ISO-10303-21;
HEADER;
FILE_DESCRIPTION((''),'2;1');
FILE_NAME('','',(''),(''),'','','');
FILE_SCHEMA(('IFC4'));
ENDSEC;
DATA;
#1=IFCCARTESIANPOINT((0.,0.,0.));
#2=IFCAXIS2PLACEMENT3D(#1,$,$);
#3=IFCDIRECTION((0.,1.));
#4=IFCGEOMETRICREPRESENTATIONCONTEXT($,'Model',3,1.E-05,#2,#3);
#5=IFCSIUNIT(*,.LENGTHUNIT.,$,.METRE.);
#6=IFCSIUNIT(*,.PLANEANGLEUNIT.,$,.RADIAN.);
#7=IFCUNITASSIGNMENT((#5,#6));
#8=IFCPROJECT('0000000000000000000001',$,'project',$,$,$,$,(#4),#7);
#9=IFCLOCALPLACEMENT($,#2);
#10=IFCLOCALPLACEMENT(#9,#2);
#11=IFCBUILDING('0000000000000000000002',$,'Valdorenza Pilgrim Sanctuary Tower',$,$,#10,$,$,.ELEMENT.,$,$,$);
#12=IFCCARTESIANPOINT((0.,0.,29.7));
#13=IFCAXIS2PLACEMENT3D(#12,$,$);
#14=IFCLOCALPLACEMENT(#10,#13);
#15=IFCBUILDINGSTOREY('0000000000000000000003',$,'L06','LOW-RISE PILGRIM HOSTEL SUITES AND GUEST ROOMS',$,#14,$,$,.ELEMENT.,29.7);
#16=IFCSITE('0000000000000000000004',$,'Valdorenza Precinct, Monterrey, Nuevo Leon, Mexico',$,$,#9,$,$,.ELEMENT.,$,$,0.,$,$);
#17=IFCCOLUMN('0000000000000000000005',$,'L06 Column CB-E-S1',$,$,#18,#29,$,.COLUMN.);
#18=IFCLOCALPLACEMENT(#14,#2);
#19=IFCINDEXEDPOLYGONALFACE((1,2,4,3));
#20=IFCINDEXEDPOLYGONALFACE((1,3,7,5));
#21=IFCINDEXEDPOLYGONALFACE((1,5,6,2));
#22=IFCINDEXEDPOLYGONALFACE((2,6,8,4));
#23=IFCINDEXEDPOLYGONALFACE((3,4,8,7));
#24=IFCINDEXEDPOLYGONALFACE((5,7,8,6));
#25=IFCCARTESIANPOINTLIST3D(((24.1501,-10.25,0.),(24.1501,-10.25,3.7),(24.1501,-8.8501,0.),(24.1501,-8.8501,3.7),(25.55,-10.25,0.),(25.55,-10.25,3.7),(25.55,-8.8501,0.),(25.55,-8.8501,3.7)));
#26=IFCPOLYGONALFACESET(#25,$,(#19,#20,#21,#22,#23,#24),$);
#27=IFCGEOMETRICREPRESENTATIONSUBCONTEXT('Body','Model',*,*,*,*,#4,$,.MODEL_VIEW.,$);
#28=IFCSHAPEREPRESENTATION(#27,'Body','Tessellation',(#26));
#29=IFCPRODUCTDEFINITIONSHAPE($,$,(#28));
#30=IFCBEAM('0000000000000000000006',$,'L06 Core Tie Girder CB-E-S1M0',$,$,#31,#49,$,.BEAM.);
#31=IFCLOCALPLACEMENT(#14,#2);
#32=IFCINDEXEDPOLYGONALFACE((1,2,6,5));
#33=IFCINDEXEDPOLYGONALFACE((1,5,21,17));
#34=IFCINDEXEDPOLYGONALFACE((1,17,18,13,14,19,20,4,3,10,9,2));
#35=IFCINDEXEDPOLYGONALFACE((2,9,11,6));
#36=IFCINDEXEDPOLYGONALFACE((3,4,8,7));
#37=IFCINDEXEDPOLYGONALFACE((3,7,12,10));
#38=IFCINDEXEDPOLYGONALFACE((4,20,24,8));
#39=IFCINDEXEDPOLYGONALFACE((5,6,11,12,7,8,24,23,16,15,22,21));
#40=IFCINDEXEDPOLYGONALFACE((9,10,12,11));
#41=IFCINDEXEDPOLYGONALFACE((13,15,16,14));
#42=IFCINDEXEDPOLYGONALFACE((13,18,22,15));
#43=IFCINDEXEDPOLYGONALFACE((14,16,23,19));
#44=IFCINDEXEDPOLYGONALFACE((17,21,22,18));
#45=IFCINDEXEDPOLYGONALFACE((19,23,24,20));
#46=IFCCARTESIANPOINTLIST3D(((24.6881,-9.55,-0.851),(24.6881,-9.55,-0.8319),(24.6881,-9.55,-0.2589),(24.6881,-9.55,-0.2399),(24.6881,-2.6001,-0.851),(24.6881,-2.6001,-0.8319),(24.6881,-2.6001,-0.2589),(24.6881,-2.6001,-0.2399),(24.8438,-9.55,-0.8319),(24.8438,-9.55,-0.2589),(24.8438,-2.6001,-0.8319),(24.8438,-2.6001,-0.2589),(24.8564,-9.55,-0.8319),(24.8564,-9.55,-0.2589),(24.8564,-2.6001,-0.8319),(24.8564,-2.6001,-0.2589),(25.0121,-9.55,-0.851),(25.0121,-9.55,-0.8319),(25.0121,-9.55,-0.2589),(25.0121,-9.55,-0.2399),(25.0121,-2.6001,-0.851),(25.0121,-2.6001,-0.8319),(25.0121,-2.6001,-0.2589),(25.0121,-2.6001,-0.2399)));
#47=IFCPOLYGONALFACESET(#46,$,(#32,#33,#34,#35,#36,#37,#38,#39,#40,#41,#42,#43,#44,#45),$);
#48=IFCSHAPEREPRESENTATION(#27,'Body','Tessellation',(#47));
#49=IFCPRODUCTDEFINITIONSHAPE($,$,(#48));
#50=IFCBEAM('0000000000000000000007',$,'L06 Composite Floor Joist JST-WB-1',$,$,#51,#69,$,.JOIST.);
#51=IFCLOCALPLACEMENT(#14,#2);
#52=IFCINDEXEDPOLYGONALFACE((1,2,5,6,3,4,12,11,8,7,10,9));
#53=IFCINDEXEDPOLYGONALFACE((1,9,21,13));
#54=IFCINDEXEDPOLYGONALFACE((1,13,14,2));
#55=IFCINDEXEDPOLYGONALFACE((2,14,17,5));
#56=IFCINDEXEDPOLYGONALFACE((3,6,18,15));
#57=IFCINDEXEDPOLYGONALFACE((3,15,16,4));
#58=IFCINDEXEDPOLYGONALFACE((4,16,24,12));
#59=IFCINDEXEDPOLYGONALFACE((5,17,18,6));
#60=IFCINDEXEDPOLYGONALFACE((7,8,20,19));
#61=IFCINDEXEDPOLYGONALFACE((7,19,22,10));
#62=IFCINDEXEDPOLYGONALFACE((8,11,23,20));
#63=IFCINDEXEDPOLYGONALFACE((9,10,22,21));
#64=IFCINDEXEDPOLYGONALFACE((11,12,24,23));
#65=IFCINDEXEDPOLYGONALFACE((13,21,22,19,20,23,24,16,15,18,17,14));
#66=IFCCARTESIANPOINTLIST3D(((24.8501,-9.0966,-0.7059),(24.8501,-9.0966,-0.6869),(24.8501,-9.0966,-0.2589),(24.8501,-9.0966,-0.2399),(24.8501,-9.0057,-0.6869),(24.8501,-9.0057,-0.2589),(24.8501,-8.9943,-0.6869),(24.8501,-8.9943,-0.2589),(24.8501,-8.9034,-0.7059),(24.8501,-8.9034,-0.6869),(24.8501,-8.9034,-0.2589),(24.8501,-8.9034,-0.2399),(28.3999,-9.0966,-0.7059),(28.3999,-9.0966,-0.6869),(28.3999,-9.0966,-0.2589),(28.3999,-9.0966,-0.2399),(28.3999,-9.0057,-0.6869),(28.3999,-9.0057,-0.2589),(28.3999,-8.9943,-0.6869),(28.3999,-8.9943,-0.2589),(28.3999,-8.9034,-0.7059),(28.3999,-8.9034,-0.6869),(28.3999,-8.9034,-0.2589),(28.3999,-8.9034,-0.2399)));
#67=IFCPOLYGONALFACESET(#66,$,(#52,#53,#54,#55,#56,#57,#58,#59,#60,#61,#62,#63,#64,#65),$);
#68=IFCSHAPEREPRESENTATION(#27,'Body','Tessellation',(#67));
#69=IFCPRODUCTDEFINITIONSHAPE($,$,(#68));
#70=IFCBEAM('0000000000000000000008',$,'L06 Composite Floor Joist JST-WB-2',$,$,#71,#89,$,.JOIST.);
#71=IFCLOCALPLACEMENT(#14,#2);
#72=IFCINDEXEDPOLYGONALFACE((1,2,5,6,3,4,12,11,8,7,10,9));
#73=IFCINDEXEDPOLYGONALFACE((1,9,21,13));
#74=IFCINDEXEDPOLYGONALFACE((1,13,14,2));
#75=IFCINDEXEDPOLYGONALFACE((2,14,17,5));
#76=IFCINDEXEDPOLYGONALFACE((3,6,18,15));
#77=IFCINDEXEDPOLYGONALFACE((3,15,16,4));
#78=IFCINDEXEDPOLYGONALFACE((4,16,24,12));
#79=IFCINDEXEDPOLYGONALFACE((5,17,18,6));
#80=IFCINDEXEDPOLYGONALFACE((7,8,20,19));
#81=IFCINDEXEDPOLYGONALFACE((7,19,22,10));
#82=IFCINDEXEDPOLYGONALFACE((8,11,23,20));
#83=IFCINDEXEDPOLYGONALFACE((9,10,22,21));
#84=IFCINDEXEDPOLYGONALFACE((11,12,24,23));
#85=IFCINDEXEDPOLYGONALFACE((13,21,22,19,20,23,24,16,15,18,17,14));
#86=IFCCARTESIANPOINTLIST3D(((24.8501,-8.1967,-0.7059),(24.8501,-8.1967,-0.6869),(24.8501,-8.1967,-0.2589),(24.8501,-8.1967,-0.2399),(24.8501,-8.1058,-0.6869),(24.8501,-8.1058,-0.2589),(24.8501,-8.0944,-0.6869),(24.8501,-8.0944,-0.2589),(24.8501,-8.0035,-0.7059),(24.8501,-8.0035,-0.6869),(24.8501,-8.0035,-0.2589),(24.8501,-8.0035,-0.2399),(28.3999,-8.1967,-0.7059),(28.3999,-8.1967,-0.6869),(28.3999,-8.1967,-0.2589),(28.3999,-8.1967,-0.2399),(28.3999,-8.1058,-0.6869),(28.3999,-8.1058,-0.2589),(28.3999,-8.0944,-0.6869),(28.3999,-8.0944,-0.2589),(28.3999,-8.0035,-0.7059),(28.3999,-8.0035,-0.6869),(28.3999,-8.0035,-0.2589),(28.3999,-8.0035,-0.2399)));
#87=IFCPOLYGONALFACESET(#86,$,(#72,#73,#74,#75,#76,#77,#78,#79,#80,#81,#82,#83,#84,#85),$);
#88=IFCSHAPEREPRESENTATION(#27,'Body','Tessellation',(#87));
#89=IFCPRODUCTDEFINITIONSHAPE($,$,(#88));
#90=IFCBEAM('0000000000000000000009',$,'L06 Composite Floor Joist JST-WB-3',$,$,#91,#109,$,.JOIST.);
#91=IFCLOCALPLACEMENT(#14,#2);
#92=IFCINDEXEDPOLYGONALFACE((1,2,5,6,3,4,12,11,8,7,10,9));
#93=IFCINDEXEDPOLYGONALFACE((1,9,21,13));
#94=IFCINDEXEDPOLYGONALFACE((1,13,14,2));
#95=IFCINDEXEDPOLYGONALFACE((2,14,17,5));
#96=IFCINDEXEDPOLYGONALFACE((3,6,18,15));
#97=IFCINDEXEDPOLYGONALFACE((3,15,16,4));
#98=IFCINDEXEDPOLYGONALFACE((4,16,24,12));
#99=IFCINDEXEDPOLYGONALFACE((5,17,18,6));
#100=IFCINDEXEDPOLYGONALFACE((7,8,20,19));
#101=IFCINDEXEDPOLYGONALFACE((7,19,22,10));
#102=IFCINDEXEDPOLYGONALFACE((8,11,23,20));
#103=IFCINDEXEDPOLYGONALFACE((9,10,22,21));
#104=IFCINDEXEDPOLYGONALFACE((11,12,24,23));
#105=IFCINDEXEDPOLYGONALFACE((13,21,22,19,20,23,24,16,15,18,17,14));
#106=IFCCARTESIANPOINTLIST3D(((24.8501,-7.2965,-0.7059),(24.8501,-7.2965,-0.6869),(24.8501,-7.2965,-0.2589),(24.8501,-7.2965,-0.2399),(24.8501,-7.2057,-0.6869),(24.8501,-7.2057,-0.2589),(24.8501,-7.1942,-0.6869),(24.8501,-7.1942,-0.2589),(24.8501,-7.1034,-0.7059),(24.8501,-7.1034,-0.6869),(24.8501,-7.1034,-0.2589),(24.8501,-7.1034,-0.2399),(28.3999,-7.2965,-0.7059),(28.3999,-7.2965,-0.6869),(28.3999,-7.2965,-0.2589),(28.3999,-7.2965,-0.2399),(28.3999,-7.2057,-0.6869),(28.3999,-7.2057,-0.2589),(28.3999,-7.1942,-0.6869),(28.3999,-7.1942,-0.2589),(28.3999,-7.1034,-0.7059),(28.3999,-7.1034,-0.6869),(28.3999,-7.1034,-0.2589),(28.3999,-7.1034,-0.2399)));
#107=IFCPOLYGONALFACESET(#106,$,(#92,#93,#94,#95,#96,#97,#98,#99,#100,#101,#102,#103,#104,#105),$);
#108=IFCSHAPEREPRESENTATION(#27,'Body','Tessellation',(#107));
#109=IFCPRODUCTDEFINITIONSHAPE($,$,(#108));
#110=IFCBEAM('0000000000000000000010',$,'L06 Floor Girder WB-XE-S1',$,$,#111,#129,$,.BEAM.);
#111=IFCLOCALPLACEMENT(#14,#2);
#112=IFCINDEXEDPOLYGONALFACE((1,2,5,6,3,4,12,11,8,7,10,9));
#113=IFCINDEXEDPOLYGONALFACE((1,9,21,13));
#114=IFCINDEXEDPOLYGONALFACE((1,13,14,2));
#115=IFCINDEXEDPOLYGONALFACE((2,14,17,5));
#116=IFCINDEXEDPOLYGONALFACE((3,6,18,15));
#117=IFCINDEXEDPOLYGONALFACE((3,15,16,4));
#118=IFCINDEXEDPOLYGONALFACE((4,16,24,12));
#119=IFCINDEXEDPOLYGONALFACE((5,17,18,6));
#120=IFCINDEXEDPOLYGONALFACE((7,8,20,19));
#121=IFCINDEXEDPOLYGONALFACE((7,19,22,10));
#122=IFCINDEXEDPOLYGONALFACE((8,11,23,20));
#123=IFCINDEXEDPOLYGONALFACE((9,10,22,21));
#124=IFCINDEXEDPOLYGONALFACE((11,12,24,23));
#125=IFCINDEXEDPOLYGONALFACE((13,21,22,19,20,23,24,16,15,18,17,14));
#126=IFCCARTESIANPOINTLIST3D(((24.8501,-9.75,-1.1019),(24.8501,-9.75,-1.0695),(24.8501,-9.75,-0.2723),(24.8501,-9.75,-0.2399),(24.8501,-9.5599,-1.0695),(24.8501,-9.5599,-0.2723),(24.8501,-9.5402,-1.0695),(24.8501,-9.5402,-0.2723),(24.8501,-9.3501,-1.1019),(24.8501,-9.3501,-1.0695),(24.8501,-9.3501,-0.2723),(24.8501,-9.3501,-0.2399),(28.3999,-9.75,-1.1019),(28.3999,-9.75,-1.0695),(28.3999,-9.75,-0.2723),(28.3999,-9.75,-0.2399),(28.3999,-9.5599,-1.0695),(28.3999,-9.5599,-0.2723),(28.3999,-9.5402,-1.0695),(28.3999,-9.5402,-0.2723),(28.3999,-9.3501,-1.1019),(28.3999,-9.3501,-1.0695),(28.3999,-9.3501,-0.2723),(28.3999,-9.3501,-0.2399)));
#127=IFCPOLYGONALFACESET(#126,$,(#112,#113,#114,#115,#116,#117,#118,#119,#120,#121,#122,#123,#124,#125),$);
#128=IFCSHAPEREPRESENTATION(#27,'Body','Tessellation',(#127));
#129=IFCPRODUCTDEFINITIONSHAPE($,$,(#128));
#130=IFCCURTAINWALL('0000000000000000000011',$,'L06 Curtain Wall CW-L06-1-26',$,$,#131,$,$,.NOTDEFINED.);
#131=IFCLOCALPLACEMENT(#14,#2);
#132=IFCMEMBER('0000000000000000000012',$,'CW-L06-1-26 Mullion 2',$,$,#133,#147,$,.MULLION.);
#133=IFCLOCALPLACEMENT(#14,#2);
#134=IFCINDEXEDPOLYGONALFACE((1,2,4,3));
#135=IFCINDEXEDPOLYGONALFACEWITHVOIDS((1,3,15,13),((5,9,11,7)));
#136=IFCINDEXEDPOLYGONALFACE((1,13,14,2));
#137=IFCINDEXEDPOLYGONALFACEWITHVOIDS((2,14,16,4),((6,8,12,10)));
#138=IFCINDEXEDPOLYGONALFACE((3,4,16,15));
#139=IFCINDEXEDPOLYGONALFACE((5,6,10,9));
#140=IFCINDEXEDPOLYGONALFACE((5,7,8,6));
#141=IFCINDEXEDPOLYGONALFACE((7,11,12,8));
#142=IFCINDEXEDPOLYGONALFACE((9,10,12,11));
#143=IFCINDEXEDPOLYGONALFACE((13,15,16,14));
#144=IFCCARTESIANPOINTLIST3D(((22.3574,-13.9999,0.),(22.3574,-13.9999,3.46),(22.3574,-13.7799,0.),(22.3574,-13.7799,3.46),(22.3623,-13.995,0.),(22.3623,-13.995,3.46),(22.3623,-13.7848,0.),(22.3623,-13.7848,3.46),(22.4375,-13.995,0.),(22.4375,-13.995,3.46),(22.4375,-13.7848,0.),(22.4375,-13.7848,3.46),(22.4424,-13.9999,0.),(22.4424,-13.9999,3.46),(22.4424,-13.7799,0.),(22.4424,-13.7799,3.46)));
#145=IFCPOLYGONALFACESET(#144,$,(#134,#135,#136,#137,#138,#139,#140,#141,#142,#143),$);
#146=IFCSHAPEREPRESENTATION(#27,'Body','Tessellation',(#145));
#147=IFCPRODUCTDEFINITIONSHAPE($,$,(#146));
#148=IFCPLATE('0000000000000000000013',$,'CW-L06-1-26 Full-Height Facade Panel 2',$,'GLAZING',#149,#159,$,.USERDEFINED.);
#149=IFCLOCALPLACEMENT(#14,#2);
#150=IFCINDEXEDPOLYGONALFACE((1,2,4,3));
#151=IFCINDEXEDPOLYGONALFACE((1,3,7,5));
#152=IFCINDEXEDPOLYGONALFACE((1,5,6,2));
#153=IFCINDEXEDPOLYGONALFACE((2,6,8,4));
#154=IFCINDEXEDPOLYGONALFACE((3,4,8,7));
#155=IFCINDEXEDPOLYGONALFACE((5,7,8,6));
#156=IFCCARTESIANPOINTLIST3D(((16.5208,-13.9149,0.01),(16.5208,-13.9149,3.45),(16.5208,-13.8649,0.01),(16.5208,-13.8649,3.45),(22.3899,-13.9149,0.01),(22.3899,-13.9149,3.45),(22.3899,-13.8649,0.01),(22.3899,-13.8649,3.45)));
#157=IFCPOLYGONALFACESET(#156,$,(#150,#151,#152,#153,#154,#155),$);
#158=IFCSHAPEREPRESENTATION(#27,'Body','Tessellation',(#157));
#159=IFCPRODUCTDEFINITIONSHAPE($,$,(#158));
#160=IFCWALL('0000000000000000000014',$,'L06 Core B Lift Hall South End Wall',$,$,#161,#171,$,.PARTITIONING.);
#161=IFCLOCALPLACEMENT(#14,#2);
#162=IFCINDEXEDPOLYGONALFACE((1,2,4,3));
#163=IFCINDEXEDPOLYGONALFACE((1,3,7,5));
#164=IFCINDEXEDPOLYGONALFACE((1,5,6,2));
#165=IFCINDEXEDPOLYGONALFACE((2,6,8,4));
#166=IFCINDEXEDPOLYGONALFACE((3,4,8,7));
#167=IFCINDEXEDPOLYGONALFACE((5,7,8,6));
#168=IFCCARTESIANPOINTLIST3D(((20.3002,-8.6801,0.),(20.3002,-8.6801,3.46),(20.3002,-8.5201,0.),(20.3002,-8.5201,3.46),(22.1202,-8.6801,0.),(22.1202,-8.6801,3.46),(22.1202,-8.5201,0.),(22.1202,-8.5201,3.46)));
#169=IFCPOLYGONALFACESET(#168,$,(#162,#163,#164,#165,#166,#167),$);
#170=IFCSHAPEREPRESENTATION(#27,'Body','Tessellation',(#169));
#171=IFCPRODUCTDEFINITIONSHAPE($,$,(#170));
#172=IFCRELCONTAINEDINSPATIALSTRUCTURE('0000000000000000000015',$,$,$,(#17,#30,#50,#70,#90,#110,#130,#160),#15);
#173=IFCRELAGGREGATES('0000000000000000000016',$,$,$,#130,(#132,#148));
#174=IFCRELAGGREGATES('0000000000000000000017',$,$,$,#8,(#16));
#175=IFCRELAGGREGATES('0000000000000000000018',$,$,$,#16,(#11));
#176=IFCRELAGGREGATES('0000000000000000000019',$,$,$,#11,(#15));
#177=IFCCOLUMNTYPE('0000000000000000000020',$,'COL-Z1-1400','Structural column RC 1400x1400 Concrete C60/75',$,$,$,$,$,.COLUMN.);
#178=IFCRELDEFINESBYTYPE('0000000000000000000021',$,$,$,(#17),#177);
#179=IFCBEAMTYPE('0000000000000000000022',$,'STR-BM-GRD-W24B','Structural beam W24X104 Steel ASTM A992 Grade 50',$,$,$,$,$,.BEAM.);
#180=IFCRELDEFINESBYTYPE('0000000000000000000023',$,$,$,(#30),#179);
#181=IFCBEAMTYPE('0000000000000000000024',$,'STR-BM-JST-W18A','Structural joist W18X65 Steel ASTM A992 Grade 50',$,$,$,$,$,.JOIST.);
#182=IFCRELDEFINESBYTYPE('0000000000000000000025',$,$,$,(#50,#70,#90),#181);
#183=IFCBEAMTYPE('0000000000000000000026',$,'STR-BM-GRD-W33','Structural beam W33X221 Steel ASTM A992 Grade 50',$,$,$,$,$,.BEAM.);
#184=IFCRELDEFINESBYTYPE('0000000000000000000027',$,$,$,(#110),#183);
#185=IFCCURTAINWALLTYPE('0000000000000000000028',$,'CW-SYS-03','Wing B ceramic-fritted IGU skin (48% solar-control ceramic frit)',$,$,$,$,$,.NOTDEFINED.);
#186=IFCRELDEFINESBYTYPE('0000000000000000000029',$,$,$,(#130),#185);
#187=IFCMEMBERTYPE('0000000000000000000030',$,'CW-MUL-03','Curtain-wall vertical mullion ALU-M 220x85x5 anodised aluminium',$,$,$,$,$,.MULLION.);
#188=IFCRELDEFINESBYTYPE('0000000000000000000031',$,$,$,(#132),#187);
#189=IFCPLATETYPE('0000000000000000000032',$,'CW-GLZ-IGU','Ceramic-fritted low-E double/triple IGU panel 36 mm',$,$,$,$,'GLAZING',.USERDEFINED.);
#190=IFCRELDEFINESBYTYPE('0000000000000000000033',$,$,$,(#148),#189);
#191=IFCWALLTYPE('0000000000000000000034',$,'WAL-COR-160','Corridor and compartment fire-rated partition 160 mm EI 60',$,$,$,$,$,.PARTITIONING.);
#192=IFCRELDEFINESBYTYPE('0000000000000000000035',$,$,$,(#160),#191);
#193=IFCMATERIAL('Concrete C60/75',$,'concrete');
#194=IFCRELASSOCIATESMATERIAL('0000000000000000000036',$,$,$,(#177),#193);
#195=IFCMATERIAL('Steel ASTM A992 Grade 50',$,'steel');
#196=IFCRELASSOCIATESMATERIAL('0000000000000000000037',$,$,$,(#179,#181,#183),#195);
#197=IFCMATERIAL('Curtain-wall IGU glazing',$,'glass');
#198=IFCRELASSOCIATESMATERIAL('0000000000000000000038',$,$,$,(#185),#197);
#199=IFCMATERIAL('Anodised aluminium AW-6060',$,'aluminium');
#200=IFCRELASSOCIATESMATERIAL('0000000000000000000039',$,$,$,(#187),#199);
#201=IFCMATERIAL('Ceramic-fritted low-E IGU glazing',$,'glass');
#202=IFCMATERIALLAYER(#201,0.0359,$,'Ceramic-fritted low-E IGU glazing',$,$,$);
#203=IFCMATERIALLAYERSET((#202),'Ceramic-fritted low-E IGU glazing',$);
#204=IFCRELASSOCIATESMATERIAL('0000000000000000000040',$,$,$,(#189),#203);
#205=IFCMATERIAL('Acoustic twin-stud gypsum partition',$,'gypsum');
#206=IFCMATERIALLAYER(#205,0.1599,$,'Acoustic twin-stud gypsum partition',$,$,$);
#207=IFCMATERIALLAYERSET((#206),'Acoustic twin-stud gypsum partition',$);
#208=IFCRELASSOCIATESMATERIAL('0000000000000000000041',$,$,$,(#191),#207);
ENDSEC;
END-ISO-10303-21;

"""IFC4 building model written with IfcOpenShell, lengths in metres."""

from ifc_helpers import new_model, si_unit, direction, frame, frame_2d, origin, origin_2d, place, context, subcontext, project, spatial, rectangle, hollow_rectangle, i_section, extrude, source, transform, mapped, material, layer, layer_set, material_profile, profile_set, type_object, element, aggregate, save


model = new_model("IFC4")

# Units and contexts
model_context = context("Model", 3, precision=1e-05, world=origin(), true_north=direction((0.0, 1.0)))
body_context = subcontext(model_context, "Body", "Model", "MODEL_VIEW")
ifc_project = project(units=[si_unit("LENGTHUNIT", "METRE"), si_unit("PLANEANGLEUNIT", "RADIAN")], contexts=[model_context])

# Site, building, storey
site_placement = place(None, origin())
site = spatial("IfcSite", under=ifc_project, at=site_placement, Name="Valdorenza Precinct, Monterrey, Nuevo Leon, Mexico", CompositionType="ELEMENT", RefElevation=0.0)
building_placement = place(site_placement, origin())
building = spatial("IfcBuilding", under=site, at=building_placement, Name="Valdorenza Pilgrim Sanctuary Tower", CompositionType="ELEMENT")
storey_placement = place(building_placement, frame((0.0, 0.0, 29.7)))
storey = spatial("IfcBuildingStorey", under=building, at=storey_placement, Name="L06", Description="LOW-RISE PILGRIM HOSTEL SUITES AND GUEST ROOMS", CompositionType="ELEMENT", Elevation=29.7)

# Column
ifc_material_1 = material(Name="Concrete C60/75", Category="concrete")
ifc_material_profile_1 = material_profile(ifc_material_1, rectangle(XDim=1.3999, YDim=1.3999, at=origin_2d()), Name="RC 1400x1400")
ifc_profile_set_1 = profile_set([ifc_material_profile_1], Name="Concrete C60/75")
column_type = type_object("IfcColumnType", Name="COL-Z1-1400", Description="Structural column RC 1400x1400 Concrete C60/75", PredefinedType="COLUMN", material=ifc_profile_set_1)
shared_shape_1 = source(origin(), body_context, "Body", "SweptSolid", [
    extrude(rectangle(XDim=1.3999, YDim=1.3999, at=origin_2d()), origin(), (0.0, 0.0, 1.0), 3.7),
])
column_placement = place(storey_placement, frame((24.8501, -9.55, 0.0), z_axis=(0.0, 0.0, 1.0), x_axis=(1.0, 0.0, 0.0)))
element("IfcColumn", 1, at=column_placement, inside=storey, type_object=column_type, Name="L06 Column CB-E-S1", PredefinedType="COLUMN", context=body_context, shape_type="MappedRepresentation", body=[
    mapped(shared_shape_1, transform((0.0, 0.0, 0.0), x_axis=(1.0, 0.0, 0.0), y_axis=(0.0, 1.0, 0.0), z_axis=(0.0, 0.0, 1.0), scale=1.0)),
])

# Beams
ifc_material_2 = material(Name="Steel ASTM A992 Grade 50", Category="steel")
ifc_material_profile_2 = material_profile(ifc_material_2, i_section(OverallWidth=0.324, OverallDepth=0.6111, WebThickness=0.0127, FlangeThickness=0.019, at=origin_2d()), Name="W24X104")
ifc_profile_set_2 = profile_set([ifc_material_profile_2], Name="Steel ASTM A992 Grade 50")
beam_type_1 = type_object("IfcBeamType", Name="STR-BM-GRD-W24B", Description="Structural beam W24X104 Steel ASTM A992 Grade 50", PredefinedType="BEAM", material=ifc_profile_set_2)
shared_shape_2 = source(origin(), body_context, "Body", "SweptSolid", [
    extrude(i_section(OverallWidth=0.324, OverallDepth=0.6111, WebThickness=0.0127, FlangeThickness=0.019, at=origin_2d()), origin(), (0.0, 0.0, 1.0), 6.95),
])
beam_1_placement = place(storey_placement, frame((24.8501, -9.55, -0.5454), z_axis=(0.0, 1.0, 0.0), x_axis=(-1.0, 0.0, 0.0)))
element("IfcBeam", 2, at=beam_1_placement, inside=storey, type_object=beam_type_1, Name="L06 Core Tie Girder CB-E-S1M0", PredefinedType="BEAM", context=body_context, shape_type="MappedRepresentation", body=[
    mapped(shared_shape_2, transform((0.0, 0.0, 0.0), x_axis=(1.0, 0.0, 0.0), y_axis=(0.0, 1.0, 0.0), z_axis=(0.0, 0.0, 1.0), scale=1.0)),
])
ifc_material_profile_3 = material_profile(ifc_material_2, i_section(OverallWidth=0.1931, OverallDepth=0.4661, WebThickness=0.0115, FlangeThickness=0.019, at=origin_2d()), Name="W18X65")
ifc_profile_set_3 = profile_set([ifc_material_profile_3], Name="Steel ASTM A992 Grade 50")
beam_type_2 = type_object("IfcBeamType", Name="STR-BM-JST-W18A", Description="Structural joist W18X65 Steel ASTM A992 Grade 50", PredefinedType="JOIST", material=ifc_profile_set_3)
shared_shape_3 = source(origin(), body_context, "Body", "SweptSolid", [
    extrude(i_section(OverallWidth=0.1931, OverallDepth=0.4661, WebThickness=0.0115, FlangeThickness=0.019, at=origin_2d()), origin(), (0.0, 0.0, 1.0), 3.5498),
])
for number, where, z_axis, x_axis, name in (
    (3, (24.8501, -9.0, -0.4729), (1.0, 0.0, 0.0), (0.0, 1.0, 0.0), "L06 Composite Floor Joist JST-WB-1"),
    (4, (24.8501, -8.1001, -0.4729), (1.0, 0.0, 0.0), (0.0, 1.0, 0.0), "L06 Composite Floor Joist JST-WB-2"),
    (5, (24.8501, -7.2, -0.4729), (1.0, 0.0, 0.0), (0.0, 1.0, 0.0), "L06 Composite Floor Joist JST-WB-3"),
):
    element("IfcBeam", number, at=place(storey_placement, frame(where, z_axis=z_axis, x_axis=x_axis)), inside=storey, type_object=beam_type_2, Name=name, PredefinedType="JOIST", context=body_context, shape_type="MappedRepresentation", body=[
        mapped(shared_shape_3, transform((0.0, 0.0, 0.0), x_axis=(1.0, 0.0, 0.0), y_axis=(0.0, 1.0, 0.0), z_axis=(0.0, 0.0, 1.0), scale=1.0)),
    ])
ifc_material_profile_4 = material_profile(ifc_material_2, i_section(OverallWidth=0.3999, OverallDepth=0.8621, WebThickness=0.0198, FlangeThickness=0.0325, at=origin_2d()), Name="W33X221")
ifc_profile_set_4 = profile_set([ifc_material_profile_4], Name="Steel ASTM A992 Grade 50")
beam_type_3 = type_object("IfcBeamType", Name="STR-BM-GRD-W33", Description="Structural beam W33X221 Steel ASTM A992 Grade 50", PredefinedType="BEAM", material=ifc_profile_set_4)
shared_shape_4 = source(origin(), body_context, "Body", "SweptSolid", [
    extrude(i_section(OverallWidth=0.3999, OverallDepth=0.8621, WebThickness=0.0198, FlangeThickness=0.0325, at=origin_2d()), origin(), (0.0, 0.0, 1.0), 3.5498),
])
beam_2_placement = place(storey_placement, frame((24.8501, -9.55, -0.6709), z_axis=(1.0, 0.0, 0.0), x_axis=(0.0, 1.0, 0.0)))
element("IfcBeam", 6, at=beam_2_placement, inside=storey, type_object=beam_type_3, Name="L06 Floor Girder WB-XE-S1", PredefinedType="BEAM", context=body_context, shape_type="MappedRepresentation", body=[
    mapped(shared_shape_4, transform((0.0, 0.0, 0.0), x_axis=(1.0, 0.0, 0.0), y_axis=(0.0, 1.0, 0.0), z_axis=(0.0, 0.0, 1.0), scale=1.0)),
])

# Curtain wall, member, plate
ifc_material_3 = material(Name="Curtain-wall IGU glazing", Category="glass")
curtain_wall_type = type_object("IfcCurtainWallType", Name="CW-SYS-03", Description="Wing B ceramic-fritted IGU skin (48% solar-control ceramic frit)", PredefinedType="NOTDEFINED", material=ifc_material_3)
curtain_wall_placement = place(storey_placement, origin())
curtain_wall = element("IfcCurtainWall", 7, at=curtain_wall_placement, inside=storey, type_object=curtain_wall_type, Name="L06 Curtain Wall CW-L06-1-26", PredefinedType="NOTDEFINED")
ifc_material_4 = material(Name="Anodised aluminium AW-6060", Category="aluminium")
ifc_material_profile_5 = material_profile(ifc_material_4, hollow_rectangle(XDim=0.085, YDim=0.22, WallThickness=0.0049, at=origin_2d()), Name="ALU-M 220x85x5")
ifc_profile_set_5 = profile_set([ifc_material_profile_5], Name="Anodised aluminium AW-6060")
member_type = type_object("IfcMemberType", Name="CW-MUL-03", Description="Curtain-wall vertical mullion ALU-M 220x85x5 anodised aluminium", PredefinedType="MULLION", material=ifc_profile_set_5)
shared_shape_5 = source(origin(), body_context, "Body", "SweptSolid", [
    extrude(hollow_rectangle(XDim=0.085, YDim=0.22, WallThickness=0.0049, at=origin_2d()), origin(), (0.0, 0.0, 1.0), 3.46),
])
member_placement = place(storey_placement, frame((22.3999, -13.8899, 0.0), z_axis=(0.0, 0.0, 1.0), x_axis=(-1.0, 0.0, 0.0)))
member = element("IfcMember", 8, at=member_placement, type_object=member_type, Name="CW-L06-1-26 Mullion 2", PredefinedType="MULLION", context=body_context, shape_type="MappedRepresentation", body=[
    mapped(shared_shape_5, transform((0.0, 0.0, 0.0), x_axis=(1.0, 0.0, 0.0), y_axis=(0.0, 1.0, 0.0), z_axis=(0.0, 0.0, 1.0), scale=1.0)),
])
ifc_material_5 = material(Name="Ceramic-fritted low-E IGU glazing", Category="glass")
ifc_layer_1 = layer(ifc_material_5, 0.0359, Name="Ceramic-fritted low-E IGU glazing")
ifc_layer_set_1 = layer_set([ifc_layer_1], Name="Ceramic-fritted low-E IGU glazing")
plate_type = type_object("IfcPlateType", Name="CW-GLZ-IGU", Description="Ceramic-fritted low-E double/triple IGU panel 36 mm", ElementType="GLAZING", PredefinedType="USERDEFINED", material=ifc_layer_set_1)
shared_shape_6 = source(origin(), body_context, "Body", "SweptSolid", [
    extrude(rectangle(XDim=5.8691, YDim=0.05, at=origin_2d()), origin(), (0.0, 0.0, 1.0), 3.4399),
])
plate_placement = place(storey_placement, frame((19.4553, -13.8899, 0.01), z_axis=(0.0, 0.0, 1.0), x_axis=(-1.0, 0.0, 0.0)))
plate = element("IfcPlate", 9, at=plate_placement, type_object=plate_type, Name="CW-L06-1-26 Full-Height Facade Panel 2", ObjectType="GLAZING", PredefinedType="USERDEFINED", context=body_context, shape_type="MappedRepresentation", body=[
    mapped(shared_shape_6, transform((0.0, 0.0, 0.0), x_axis=(1.0, 0.0, 0.0), y_axis=(0.0, 1.0, 0.0), z_axis=(0.0, 0.0, 1.0), scale=1.0)),
])
aggregate(curtain_wall, [member, plate])

# Wall
ifc_material_6 = material(Name="Acoustic twin-stud gypsum partition", Category="gypsum")
ifc_layer_2 = layer(ifc_material_6, 0.1599, Name="Acoustic twin-stud gypsum partition")
ifc_layer_set_2 = layer_set([ifc_layer_2], Name="Acoustic twin-stud gypsum partition")
wall_type_1 = type_object("IfcWallType", Name="WAL-COR-160", Description="Corridor and compartment fire-rated partition 160 mm EI 60", PredefinedType="PARTITIONING", material=ifc_layer_set_2)
wall_1_placement = place(storey_placement, frame((20.3, -8.6001, 0.0), z_axis=(0.0, 0.0, 1.0), x_axis=(1.0, 0.0, 0.0)))
element("IfcWall", 10, at=wall_1_placement, inside=storey, type_object=wall_type_1, Name="L06 Core B Lift Hall South End Wall", PredefinedType="PARTITIONING", context=body_context, shape_type="SweptSolid", body=[
    extrude(rectangle(XDim=1.8201, YDim=0.1599, at=frame_2d((0.9102, 0.0))), origin(), (0.0, 0.0, 1.0), 3.46),
])

save(model, "model.ifc")
